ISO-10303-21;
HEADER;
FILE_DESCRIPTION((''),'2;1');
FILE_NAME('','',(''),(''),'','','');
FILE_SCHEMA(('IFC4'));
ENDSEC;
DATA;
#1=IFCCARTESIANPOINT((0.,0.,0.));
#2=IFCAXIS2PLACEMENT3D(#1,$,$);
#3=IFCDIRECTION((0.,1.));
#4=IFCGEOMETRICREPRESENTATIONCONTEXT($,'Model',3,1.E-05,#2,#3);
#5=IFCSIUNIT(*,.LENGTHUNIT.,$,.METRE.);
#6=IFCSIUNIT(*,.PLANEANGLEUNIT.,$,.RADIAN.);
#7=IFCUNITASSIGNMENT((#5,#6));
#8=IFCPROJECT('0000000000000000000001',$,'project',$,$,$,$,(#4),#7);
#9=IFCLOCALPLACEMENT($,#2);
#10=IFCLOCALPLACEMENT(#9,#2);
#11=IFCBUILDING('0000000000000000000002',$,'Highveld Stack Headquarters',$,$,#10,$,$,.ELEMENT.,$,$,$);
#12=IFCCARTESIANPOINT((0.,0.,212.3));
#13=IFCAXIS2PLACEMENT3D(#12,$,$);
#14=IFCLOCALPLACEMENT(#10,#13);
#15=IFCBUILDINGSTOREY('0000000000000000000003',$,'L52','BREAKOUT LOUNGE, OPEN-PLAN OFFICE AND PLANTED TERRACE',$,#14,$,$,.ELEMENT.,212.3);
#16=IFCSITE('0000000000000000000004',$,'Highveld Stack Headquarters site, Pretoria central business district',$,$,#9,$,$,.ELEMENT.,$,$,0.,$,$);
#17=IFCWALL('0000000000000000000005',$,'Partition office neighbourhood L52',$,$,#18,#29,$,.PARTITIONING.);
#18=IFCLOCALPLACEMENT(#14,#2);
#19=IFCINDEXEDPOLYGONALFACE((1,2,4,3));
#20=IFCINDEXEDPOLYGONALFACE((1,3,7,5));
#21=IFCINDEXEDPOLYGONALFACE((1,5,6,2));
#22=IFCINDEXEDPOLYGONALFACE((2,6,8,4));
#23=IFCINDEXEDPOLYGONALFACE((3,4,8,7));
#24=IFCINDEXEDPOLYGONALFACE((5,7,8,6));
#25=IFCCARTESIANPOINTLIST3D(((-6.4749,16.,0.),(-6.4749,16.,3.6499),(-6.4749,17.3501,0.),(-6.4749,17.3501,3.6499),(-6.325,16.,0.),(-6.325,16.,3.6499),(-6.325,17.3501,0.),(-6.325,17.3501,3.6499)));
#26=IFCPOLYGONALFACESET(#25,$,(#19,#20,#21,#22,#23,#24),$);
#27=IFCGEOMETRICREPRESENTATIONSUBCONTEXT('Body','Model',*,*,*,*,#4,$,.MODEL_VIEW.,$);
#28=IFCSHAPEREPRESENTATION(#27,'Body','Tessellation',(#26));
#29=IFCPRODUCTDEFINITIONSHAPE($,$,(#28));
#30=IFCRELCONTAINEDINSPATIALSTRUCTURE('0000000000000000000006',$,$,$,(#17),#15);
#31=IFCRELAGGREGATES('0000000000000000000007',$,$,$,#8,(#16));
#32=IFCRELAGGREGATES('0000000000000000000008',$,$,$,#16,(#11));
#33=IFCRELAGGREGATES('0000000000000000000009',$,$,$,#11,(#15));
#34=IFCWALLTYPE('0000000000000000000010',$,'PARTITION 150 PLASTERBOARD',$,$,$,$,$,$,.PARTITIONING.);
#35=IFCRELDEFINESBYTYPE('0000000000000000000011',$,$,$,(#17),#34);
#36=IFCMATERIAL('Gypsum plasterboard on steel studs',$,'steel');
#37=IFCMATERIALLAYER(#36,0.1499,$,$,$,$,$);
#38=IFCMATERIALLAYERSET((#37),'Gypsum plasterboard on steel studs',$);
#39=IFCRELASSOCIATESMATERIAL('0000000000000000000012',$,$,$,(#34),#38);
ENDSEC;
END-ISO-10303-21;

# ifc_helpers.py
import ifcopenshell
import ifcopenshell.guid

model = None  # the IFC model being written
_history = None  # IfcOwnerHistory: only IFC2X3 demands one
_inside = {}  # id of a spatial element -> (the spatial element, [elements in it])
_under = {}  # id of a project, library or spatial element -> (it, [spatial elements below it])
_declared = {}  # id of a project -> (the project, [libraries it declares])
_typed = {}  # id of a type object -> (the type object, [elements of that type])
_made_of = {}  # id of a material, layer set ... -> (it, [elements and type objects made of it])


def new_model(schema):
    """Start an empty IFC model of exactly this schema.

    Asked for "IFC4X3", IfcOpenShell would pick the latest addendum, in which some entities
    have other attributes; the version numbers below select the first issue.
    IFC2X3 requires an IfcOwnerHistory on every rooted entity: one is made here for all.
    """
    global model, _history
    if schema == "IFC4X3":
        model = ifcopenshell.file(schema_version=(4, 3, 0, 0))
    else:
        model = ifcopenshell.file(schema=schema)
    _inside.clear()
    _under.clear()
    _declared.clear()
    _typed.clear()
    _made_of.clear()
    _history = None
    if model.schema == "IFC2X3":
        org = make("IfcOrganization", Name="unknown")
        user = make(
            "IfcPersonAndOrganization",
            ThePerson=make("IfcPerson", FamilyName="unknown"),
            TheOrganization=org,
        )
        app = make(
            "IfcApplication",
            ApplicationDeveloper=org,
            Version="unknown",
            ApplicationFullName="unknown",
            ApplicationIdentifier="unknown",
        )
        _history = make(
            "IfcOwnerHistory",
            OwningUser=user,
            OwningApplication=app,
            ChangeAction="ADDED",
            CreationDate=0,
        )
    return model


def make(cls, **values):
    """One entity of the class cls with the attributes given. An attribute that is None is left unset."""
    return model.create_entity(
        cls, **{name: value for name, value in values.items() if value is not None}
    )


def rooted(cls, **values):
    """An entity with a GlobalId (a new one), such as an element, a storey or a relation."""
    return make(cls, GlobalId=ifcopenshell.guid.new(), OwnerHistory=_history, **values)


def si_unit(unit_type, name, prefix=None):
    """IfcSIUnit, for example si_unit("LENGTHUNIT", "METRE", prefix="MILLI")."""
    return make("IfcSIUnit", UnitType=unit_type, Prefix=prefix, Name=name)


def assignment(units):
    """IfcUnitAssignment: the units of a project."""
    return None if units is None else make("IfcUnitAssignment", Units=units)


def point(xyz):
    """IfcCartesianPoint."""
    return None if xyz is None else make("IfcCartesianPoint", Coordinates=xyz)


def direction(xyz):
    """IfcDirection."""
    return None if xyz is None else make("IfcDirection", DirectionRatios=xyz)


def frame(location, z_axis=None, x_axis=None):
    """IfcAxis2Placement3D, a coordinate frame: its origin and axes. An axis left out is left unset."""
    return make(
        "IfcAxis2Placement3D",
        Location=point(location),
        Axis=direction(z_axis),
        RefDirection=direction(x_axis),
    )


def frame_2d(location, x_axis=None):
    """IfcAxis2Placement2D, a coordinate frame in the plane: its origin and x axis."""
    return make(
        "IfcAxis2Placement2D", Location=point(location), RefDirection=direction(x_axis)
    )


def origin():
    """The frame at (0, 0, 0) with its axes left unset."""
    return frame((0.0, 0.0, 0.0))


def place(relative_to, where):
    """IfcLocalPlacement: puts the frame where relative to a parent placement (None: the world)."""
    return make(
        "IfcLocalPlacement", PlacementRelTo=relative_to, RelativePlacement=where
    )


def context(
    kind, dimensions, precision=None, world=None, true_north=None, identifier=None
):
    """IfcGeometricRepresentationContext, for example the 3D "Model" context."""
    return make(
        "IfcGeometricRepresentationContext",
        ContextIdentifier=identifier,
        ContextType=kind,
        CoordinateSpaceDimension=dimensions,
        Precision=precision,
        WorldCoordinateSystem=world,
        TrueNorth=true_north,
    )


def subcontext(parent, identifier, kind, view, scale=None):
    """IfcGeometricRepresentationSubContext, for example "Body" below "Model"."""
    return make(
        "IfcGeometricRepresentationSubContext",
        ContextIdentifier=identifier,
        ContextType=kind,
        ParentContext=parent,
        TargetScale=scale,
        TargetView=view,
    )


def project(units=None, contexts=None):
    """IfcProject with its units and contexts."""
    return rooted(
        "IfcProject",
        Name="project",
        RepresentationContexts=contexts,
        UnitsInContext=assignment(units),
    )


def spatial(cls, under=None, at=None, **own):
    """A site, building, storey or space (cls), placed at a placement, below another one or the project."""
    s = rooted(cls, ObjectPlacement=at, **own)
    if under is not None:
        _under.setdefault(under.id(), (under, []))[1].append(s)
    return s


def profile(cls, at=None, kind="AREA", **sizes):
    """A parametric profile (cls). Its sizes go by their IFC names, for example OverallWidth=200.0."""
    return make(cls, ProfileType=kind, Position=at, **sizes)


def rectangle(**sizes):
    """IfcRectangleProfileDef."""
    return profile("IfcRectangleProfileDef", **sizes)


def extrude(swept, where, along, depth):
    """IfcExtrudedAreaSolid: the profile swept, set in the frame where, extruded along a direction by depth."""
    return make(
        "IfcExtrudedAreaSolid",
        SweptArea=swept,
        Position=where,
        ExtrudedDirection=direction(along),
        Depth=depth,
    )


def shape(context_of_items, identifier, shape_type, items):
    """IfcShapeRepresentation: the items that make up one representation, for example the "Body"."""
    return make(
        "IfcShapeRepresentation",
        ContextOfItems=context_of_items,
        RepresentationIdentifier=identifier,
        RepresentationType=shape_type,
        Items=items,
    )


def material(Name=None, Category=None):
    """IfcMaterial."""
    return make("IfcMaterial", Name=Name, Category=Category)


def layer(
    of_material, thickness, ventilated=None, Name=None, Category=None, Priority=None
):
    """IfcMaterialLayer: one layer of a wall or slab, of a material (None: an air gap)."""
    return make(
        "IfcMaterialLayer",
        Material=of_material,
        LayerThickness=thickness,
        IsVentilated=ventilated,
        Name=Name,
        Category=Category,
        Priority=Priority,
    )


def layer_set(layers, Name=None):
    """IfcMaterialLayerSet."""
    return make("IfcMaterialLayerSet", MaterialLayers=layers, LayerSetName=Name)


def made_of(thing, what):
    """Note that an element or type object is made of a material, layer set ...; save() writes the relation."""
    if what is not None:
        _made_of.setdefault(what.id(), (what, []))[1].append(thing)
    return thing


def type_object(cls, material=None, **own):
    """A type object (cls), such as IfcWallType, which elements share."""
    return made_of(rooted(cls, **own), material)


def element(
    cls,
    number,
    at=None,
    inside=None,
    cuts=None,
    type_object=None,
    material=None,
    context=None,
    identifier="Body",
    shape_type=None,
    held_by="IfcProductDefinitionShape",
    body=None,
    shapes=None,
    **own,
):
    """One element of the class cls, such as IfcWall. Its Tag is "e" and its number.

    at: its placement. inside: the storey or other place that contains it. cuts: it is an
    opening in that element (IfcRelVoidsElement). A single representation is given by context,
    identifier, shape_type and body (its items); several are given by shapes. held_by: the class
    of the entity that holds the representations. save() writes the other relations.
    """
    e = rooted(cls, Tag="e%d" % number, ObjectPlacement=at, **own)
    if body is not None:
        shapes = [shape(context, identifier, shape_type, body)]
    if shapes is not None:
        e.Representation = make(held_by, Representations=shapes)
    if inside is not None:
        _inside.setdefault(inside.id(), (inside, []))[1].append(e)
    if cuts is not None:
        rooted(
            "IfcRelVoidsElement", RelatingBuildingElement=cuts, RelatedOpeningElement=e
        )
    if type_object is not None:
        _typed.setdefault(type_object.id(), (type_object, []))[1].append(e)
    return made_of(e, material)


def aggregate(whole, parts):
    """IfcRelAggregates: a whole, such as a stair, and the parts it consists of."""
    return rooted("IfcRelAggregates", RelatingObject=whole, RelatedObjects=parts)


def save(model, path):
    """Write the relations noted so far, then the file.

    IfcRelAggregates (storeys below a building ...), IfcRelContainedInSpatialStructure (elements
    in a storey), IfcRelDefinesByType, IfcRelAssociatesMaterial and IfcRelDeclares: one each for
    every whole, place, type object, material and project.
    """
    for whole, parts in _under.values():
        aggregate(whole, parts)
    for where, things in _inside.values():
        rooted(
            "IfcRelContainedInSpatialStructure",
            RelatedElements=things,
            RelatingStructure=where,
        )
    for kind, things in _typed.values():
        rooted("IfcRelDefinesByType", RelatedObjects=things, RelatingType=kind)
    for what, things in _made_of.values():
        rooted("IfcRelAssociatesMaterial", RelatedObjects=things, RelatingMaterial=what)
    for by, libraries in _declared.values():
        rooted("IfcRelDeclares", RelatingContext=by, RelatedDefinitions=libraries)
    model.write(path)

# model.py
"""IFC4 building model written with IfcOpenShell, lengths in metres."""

from ifc_helpers import new_model, si_unit, direction, frame, frame_2d, origin, place, context, subcontext, project, spatial, rectangle, extrude, material, layer, layer_set, type_object, element, save


model = new_model("IFC4")

# Units and contexts
model_context = context("Model", 3, precision=1e-05, world=origin(), true_north=direction((0.0, 1.0)))
body_context = subcontext(model_context, "Body", "Model", "MODEL_VIEW")
ifc_project = project(units=[si_unit("LENGTHUNIT", "METRE"), si_unit("PLANEANGLEUNIT", "RADIAN")], contexts=[model_context])

# Site, building, storey
site_placement = place(None, origin())
site = spatial("IfcSite", under=ifc_project, at=site_placement, Name="Highveld Stack Headquarters site, Pretoria central business district", CompositionType="ELEMENT", RefElevation=0.0)
building_placement = place(site_placement, origin())
building = spatial("IfcBuilding", under=site, at=building_placement, Name="Highveld Stack Headquarters", CompositionType="ELEMENT")
storey_placement = place(building_placement, frame((0.0, 0.0, 212.3)))
storey = spatial("IfcBuildingStorey", under=building, at=storey_placement, Name="L52", Description="BREAKOUT LOUNGE, OPEN-PLAN OFFICE AND PLANTED TERRACE", CompositionType="ELEMENT", Elevation=212.3)

# Shared definitions
ifc_material_1 = material(Name="Gypsum plasterboard on steel studs", Category="steel")
ifc_layer_1 = layer(ifc_material_1, 0.1499)
ifc_layer_set_1 = layer_set([ifc_layer_1], Name="Gypsum plasterboard on steel studs")
wall_type_1 = type_object("IfcWallType", Name="PARTITION 150 PLASTERBOARD", PredefinedType="PARTITIONING", material=ifc_layer_set_1)

# Wall
wall_1_placement = place(storey_placement, frame((-6.3999, 16.0, 0.0), z_axis=(0.0, 0.0, 1.0), x_axis=(0.0, 1.0, 0.0)))
element("IfcWall", 1, at=wall_1_placement, inside=storey, type_object=wall_type_1, Name="Partition office neighbourhood L52", PredefinedType="PARTITIONING", context=body_context, shape_type="SweptSolid", body=[
    extrude(rectangle(XDim=1.3501, YDim=0.1499, at=frame_2d((0.675, 0.0))), origin(), (0.0, 0.0, 1.0), 3.6499),
])

save(model, "model.ifc")
